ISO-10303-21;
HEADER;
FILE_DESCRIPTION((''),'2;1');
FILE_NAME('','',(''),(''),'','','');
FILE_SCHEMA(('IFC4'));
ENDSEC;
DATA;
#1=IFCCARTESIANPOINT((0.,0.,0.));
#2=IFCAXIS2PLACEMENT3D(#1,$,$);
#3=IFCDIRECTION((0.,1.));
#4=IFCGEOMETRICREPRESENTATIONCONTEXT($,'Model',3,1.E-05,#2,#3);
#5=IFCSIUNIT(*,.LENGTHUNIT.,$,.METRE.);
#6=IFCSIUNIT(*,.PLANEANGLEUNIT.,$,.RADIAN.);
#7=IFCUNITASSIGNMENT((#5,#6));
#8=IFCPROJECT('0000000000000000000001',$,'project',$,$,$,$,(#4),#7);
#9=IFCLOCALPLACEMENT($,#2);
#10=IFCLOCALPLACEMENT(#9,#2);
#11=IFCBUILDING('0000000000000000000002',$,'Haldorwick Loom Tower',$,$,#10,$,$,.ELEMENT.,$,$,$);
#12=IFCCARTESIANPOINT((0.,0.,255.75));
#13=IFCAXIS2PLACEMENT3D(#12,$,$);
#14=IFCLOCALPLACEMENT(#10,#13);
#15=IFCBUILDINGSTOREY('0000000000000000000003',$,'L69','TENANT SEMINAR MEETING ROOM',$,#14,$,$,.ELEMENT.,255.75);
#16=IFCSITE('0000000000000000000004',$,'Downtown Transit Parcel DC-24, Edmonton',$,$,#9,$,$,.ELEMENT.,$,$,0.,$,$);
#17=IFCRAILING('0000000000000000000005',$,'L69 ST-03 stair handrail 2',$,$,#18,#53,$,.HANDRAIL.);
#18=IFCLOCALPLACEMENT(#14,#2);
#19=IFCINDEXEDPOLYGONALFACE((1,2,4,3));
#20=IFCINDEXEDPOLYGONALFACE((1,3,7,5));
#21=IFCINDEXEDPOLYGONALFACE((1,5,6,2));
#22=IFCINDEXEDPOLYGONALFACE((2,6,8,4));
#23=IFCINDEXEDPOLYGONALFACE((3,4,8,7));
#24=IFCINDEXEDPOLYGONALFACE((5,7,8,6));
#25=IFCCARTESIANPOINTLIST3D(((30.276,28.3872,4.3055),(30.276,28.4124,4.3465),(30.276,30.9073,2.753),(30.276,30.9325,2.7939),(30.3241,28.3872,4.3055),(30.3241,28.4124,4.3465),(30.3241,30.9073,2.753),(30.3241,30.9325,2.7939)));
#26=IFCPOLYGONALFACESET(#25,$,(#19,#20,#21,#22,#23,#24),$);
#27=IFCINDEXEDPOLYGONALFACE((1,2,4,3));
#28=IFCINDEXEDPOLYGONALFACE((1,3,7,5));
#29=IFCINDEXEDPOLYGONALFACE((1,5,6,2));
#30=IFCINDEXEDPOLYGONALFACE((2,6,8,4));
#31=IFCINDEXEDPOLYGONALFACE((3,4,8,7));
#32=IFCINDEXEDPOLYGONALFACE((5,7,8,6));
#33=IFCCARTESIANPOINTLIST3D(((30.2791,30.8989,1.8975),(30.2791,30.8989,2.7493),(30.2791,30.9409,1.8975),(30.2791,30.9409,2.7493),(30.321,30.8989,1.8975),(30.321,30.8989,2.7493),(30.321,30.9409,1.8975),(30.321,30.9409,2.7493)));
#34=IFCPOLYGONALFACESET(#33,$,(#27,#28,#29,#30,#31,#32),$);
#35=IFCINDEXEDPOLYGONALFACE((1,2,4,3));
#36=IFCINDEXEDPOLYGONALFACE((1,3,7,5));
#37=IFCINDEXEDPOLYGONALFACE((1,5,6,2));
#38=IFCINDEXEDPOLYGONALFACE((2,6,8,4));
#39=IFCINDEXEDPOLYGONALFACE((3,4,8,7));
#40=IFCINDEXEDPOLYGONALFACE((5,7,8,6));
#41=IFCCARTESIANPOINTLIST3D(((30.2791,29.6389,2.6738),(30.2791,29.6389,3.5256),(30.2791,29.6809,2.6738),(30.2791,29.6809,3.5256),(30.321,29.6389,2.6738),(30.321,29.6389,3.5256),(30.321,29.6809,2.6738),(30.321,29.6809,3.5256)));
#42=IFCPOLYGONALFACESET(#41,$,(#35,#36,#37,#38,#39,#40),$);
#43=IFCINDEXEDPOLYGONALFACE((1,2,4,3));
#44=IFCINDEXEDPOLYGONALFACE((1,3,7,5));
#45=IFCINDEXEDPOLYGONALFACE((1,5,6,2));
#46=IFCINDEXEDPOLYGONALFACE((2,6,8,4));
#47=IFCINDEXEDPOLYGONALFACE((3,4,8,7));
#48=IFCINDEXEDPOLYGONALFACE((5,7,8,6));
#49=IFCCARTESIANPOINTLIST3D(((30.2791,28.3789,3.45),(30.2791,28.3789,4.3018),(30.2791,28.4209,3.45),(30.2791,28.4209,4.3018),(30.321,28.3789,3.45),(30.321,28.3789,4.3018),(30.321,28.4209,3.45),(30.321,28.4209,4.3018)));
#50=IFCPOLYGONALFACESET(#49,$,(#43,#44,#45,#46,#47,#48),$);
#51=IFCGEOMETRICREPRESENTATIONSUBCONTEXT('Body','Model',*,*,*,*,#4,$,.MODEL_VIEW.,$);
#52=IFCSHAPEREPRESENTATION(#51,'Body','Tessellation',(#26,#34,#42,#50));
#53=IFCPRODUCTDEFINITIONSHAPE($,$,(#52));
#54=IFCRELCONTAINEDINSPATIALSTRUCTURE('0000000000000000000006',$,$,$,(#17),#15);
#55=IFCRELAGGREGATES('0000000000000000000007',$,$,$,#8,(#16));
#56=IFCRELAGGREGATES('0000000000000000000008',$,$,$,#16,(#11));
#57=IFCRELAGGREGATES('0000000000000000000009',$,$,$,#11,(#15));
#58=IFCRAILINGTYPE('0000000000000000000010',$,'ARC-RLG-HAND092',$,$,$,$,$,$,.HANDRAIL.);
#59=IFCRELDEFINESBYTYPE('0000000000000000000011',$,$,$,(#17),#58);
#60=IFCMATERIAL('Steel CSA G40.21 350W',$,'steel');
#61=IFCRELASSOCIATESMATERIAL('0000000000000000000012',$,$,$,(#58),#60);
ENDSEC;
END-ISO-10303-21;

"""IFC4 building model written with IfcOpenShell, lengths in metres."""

from ifc_helpers import new_model, si_unit, direction, frame, origin, origin_2d, place, context, subcontext, project, spatial, rectangle, extrude, material, type_object, element, save


model = new_model("IFC4")

# Units and contexts
model_context = context("Model", 3, precision=1e-05, world=origin(), true_north=direction((0.0, 1.0)))
body_context = subcontext(model_context, "Body", "Model", "MODEL_VIEW")
ifc_project = project(units=[si_unit("LENGTHUNIT", "METRE"), si_unit("PLANEANGLEUNIT", "RADIAN")], contexts=[model_context])

# Site, building, storey
site_placement = place(None, origin())
site = spatial("IfcSite", under=ifc_project, at=site_placement, Name="Downtown Transit Parcel DC-24, Edmonton", CompositionType="ELEMENT", RefElevation=0.0)
building_placement = place(site_placement, origin())
building = spatial("IfcBuilding", under=site, at=building_placement, Name="Haldorwick Loom Tower", CompositionType="ELEMENT")
storey_placement = place(building_placement, frame((0.0, 0.0, 255.75)))
storey = spatial("IfcBuildingStorey", under=building, at=storey_placement, Name="L69", Description="TENANT SEMINAR MEETING ROOM", CompositionType="ELEMENT", Elevation=255.75)

# Shared definitions
ifc_material_1 = material(Name="Steel CSA G40.21 350W", Category="steel")

# Railing
railing_type_1 = type_object("IfcRailingType", Name="ARC-RLG-HAND092", PredefinedType="HANDRAIL", material=ifc_material_1)
railing_1_placement = place(storey_placement, frame((30.3, 30.9199, 1.8975)))
element("IfcRailing", 1, at=railing_1_placement, inside=storey, type_object=railing_type_1, Name="L69 ST-03 stair handrail 2", PredefinedType="HANDRAIL", context=body_context, shape_type="SweptSolid", body=[
    extrude(rectangle(XDim=0.0481, YDim=0.0481, at=origin_2d()), frame((0.0, 0.0, 0.876), z_axis=(0.0, -0.8514, 0.524516), x_axis=(1.0, 0.0, 0.0)), (0.0, 0.0, 1.0), 2.96),
    extrude(rectangle(XDim=0.042, YDim=0.042, at=origin_2d()), origin(), (0.0, 0.0, 1.0), 0.8518),
    extrude(rectangle(XDim=0.042, YDim=0.042, at=origin_2d()), frame((0.0, -1.26, 0.7764)), (0.0, 0.0, 1.0), 0.8518),
    extrude(rectangle(XDim=0.042, YDim=0.042, at=origin_2d()), frame((0.0, -2.52, 1.5525)), (0.0, 0.0, 1.0), 0.8518),
])

save(model, "model.ifc")
